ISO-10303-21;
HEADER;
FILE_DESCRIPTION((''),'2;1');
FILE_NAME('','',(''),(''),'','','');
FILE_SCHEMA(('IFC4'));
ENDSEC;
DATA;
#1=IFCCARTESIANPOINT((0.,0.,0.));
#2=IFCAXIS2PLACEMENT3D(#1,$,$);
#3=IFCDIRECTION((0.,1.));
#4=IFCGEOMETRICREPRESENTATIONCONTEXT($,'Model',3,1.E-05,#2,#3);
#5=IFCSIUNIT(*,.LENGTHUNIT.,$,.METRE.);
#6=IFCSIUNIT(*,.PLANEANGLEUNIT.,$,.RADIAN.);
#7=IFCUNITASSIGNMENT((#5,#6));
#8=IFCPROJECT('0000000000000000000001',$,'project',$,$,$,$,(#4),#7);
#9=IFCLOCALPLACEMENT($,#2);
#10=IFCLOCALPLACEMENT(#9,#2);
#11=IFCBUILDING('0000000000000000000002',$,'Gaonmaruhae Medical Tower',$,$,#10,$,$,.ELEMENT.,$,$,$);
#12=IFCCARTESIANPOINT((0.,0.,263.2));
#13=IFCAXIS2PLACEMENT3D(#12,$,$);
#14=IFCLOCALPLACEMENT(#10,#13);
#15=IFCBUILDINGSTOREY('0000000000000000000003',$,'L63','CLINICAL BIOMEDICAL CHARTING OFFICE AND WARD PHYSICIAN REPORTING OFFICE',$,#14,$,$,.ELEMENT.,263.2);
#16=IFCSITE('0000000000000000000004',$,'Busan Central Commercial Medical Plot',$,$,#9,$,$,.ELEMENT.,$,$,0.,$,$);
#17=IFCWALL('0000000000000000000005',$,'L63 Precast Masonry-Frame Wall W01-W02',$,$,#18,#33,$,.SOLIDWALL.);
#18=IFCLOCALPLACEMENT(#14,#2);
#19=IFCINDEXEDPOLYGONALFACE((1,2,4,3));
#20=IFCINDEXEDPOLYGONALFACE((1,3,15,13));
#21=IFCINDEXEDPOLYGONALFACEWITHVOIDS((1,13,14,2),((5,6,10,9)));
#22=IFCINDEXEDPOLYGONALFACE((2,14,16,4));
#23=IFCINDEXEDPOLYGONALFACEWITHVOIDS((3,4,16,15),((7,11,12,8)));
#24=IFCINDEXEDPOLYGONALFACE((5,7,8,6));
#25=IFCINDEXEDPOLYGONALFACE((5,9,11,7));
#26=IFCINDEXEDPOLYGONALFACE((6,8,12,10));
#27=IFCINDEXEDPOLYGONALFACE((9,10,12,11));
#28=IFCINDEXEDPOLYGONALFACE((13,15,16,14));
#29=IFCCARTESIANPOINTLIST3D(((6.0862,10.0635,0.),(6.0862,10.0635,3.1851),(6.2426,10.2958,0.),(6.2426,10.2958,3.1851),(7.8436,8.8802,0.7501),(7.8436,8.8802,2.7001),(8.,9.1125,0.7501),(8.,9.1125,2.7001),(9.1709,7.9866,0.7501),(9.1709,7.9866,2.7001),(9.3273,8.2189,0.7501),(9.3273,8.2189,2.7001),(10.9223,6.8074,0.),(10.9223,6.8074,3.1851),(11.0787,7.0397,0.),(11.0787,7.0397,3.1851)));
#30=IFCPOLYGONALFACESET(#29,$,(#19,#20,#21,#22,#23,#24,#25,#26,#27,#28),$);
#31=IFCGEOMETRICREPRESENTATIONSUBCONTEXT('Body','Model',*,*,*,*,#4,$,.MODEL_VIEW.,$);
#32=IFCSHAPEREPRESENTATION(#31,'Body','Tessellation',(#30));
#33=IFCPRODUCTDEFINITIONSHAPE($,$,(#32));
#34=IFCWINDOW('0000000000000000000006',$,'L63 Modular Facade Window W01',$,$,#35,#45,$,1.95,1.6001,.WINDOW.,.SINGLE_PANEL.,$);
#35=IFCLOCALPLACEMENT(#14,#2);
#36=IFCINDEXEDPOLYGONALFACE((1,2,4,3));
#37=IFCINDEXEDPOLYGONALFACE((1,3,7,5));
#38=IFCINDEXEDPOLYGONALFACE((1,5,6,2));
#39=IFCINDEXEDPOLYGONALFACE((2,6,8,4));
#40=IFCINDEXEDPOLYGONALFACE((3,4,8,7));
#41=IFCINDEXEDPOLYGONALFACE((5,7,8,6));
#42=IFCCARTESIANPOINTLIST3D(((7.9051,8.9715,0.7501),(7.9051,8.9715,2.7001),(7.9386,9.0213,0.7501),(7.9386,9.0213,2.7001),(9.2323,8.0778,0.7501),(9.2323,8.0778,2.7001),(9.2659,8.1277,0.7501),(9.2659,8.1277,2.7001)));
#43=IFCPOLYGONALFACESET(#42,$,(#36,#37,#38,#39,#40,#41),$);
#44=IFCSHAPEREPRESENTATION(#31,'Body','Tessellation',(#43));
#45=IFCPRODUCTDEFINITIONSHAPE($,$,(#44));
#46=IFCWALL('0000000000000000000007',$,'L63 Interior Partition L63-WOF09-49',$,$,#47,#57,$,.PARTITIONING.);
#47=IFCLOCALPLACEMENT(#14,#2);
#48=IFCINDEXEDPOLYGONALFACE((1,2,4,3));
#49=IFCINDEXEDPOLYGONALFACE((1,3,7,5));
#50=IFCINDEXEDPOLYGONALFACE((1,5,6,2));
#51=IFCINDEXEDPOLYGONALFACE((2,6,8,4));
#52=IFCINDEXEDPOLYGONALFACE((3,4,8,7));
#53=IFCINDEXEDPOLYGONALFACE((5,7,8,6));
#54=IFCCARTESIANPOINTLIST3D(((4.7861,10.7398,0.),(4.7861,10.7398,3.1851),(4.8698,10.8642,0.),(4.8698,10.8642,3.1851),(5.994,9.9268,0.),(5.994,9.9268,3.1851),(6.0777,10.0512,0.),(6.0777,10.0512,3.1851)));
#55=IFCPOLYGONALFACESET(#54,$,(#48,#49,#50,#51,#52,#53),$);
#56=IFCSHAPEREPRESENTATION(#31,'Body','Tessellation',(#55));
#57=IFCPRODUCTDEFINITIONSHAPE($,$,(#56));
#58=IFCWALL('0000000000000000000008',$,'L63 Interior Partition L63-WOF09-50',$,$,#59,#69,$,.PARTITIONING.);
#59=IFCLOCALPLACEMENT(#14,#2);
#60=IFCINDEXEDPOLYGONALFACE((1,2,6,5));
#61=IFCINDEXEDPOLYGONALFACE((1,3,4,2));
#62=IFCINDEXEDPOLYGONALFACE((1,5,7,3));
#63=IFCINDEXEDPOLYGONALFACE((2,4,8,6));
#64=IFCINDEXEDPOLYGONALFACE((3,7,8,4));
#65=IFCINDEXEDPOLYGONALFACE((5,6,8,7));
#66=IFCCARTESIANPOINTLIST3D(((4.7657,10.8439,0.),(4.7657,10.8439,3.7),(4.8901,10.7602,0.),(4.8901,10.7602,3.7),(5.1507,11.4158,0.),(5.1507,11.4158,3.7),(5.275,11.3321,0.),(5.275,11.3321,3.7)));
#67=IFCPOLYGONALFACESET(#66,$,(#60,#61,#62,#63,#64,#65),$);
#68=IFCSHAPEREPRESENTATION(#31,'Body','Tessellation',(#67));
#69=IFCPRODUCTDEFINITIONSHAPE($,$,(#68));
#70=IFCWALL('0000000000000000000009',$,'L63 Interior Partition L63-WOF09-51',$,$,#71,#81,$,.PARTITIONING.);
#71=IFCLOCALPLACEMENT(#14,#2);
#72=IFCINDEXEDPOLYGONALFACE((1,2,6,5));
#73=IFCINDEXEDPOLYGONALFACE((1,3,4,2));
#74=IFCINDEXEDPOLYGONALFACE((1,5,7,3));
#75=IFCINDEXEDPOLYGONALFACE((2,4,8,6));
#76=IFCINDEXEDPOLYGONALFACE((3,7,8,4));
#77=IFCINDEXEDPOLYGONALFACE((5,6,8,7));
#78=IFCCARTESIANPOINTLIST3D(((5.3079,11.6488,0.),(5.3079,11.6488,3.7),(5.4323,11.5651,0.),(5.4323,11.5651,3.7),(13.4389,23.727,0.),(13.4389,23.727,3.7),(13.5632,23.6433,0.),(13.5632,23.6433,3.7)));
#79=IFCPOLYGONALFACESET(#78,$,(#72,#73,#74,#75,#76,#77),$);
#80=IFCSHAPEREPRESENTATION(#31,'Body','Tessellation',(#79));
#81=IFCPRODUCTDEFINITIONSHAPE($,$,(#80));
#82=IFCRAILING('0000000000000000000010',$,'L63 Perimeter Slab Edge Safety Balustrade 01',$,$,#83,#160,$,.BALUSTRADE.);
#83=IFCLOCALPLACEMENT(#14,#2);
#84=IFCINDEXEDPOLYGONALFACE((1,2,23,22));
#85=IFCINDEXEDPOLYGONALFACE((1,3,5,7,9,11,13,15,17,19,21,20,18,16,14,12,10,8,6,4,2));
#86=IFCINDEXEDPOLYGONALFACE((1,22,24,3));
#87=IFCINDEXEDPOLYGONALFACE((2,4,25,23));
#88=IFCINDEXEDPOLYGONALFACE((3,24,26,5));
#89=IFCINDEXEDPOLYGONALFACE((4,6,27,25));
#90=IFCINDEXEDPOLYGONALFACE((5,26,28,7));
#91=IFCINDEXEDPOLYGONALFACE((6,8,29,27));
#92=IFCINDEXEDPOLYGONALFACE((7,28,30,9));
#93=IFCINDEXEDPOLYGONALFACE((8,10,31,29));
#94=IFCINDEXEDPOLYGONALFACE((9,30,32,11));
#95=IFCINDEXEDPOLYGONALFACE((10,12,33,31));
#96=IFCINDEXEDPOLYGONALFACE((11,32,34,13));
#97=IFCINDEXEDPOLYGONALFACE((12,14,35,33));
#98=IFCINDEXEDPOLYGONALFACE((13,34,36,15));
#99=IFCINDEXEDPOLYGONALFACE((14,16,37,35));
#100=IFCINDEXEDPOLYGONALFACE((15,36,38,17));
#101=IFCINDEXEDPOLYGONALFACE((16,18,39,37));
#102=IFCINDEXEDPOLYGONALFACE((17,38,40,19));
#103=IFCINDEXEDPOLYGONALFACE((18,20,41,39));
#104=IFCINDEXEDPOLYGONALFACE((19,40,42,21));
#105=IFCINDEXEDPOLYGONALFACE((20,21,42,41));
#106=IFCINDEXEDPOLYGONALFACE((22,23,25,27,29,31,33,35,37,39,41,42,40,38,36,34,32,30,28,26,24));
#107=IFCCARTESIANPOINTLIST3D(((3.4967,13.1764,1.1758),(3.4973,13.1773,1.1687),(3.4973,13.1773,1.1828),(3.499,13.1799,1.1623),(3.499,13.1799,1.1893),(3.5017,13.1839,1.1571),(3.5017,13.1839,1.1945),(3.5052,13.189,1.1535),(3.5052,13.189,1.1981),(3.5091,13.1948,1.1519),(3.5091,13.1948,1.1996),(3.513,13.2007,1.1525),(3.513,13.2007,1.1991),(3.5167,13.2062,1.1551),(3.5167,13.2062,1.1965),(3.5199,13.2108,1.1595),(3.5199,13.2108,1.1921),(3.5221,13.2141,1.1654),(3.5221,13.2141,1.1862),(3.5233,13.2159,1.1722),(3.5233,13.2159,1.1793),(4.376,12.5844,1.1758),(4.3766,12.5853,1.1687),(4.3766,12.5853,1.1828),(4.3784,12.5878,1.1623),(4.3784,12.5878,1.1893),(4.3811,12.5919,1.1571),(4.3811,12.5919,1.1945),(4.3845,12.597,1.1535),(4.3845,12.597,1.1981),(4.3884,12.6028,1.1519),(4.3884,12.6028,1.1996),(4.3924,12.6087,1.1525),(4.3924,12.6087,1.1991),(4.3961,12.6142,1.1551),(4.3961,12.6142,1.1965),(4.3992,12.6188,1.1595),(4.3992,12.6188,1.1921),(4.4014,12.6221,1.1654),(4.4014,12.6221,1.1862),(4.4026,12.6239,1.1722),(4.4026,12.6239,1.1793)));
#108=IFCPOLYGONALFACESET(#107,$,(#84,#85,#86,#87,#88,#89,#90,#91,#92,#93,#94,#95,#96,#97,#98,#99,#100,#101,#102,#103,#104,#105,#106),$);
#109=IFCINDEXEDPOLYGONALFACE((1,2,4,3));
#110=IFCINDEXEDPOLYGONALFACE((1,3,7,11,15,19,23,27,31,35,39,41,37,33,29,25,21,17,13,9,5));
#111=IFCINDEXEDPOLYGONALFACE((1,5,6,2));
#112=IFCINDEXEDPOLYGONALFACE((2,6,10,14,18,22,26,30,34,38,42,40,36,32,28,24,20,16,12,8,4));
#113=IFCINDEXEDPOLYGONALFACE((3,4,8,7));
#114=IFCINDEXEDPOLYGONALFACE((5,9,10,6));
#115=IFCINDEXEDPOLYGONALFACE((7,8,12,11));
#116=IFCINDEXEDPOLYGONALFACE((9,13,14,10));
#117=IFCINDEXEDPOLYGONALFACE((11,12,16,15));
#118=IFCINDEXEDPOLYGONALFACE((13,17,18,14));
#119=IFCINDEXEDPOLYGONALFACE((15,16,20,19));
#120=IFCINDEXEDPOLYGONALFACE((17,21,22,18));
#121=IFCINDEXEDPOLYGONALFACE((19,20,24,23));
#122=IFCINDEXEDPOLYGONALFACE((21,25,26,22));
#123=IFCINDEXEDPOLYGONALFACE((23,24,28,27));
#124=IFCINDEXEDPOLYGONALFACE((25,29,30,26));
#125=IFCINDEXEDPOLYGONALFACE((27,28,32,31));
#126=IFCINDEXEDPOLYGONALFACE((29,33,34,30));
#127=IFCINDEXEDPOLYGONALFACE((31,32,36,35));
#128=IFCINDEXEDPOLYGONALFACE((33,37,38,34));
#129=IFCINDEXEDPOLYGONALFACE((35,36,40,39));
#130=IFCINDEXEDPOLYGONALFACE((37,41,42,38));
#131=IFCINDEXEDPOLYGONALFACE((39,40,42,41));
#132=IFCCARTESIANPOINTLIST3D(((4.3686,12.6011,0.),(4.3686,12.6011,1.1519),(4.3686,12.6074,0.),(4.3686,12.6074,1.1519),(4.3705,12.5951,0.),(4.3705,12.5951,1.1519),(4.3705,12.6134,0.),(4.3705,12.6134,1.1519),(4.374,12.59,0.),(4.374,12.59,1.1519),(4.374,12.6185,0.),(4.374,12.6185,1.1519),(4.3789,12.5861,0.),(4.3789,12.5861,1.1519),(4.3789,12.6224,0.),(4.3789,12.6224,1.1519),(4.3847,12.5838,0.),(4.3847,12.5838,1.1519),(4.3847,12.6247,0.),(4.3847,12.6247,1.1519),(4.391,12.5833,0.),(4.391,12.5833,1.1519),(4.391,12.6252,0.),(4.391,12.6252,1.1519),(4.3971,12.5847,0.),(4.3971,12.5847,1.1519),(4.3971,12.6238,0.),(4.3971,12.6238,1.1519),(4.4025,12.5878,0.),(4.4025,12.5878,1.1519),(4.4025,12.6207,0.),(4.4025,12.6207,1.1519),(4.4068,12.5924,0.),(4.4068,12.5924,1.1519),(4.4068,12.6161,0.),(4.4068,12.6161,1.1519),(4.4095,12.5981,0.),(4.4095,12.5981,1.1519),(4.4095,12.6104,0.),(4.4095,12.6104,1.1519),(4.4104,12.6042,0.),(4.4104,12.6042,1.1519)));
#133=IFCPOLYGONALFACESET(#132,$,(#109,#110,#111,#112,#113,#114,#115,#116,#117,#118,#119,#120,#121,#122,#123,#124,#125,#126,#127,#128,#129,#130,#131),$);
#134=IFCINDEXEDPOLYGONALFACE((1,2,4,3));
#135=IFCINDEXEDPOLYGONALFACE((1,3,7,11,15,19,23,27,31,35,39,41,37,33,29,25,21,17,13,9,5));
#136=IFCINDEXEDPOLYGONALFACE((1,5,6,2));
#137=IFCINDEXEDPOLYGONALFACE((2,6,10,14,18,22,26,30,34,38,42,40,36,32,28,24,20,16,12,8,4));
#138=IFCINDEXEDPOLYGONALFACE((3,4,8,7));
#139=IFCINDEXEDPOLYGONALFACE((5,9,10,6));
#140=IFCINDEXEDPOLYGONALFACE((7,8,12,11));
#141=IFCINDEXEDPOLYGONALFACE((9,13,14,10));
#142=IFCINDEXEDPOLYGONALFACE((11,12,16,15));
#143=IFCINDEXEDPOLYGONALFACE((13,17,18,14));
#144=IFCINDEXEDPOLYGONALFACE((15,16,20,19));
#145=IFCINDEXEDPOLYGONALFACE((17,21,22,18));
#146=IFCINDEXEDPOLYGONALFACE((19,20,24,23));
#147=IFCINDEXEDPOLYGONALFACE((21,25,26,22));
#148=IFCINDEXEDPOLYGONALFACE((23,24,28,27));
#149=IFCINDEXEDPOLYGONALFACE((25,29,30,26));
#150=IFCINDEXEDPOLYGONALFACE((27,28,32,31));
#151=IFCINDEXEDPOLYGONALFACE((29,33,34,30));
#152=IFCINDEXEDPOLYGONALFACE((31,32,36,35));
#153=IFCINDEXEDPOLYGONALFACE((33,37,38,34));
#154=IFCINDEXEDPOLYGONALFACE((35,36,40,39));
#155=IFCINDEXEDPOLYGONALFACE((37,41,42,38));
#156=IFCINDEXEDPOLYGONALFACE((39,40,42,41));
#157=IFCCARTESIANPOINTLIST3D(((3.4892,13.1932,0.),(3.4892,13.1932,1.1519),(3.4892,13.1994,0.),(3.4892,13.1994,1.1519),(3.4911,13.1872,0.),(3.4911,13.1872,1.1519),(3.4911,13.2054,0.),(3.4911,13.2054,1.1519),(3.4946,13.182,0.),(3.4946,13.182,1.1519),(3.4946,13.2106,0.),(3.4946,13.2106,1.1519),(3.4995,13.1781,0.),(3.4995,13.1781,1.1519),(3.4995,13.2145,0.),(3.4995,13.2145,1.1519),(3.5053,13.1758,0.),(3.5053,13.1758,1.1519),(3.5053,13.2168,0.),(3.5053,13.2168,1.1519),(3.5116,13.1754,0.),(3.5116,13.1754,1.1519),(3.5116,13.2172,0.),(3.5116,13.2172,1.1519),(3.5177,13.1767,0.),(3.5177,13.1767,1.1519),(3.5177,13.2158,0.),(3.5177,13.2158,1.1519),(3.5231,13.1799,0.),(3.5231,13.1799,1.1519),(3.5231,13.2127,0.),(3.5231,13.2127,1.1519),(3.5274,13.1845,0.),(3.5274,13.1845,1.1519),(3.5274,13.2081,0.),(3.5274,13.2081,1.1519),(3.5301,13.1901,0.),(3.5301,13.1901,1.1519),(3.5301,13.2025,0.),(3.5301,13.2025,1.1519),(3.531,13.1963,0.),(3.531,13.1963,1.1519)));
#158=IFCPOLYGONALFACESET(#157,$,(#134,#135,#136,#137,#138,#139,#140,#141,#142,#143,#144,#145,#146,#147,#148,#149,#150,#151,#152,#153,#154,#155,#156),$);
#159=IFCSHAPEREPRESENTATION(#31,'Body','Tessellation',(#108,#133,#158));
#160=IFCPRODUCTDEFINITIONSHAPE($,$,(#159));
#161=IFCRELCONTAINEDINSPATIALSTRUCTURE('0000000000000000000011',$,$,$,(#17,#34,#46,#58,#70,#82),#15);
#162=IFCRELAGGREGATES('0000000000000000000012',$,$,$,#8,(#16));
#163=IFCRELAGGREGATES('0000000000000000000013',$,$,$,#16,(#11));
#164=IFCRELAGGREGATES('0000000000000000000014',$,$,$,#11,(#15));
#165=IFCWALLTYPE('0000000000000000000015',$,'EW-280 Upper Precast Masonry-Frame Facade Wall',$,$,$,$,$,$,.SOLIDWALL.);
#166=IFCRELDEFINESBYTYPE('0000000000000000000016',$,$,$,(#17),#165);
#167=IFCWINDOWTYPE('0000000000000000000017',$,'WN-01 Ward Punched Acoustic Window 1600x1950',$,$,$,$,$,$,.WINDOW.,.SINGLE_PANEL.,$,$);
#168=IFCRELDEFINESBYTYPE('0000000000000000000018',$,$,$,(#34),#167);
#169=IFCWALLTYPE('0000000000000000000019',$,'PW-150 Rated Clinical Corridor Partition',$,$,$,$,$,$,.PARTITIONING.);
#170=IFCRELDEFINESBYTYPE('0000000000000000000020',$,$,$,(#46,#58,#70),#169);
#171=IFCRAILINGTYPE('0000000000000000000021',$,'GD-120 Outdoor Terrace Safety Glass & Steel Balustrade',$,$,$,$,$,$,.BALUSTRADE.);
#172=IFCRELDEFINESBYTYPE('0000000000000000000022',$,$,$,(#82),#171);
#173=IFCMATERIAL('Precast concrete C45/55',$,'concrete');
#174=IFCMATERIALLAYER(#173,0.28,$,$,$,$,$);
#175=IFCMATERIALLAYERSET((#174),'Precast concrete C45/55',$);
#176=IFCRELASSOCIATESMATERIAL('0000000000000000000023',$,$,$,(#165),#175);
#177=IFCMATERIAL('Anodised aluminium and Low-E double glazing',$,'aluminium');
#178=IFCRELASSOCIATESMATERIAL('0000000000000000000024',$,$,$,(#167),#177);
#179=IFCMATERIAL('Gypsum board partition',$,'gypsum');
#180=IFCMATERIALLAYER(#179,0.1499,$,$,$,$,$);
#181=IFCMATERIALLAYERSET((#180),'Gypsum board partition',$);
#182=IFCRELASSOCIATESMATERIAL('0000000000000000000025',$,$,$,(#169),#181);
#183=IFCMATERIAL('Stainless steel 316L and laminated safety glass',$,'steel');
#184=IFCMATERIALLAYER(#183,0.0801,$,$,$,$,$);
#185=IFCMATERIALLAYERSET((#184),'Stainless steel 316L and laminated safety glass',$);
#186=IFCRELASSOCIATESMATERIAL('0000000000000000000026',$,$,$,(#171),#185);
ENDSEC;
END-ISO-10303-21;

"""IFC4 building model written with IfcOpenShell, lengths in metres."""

from ifc_helpers import new_model, si_unit, direction, frame, frame_2d, origin, origin_2d, place, context, subcontext, project, spatial, rectangle, circle, extrude, material, layer, layer_set, type_object, element, fill, save


model = new_model("IFC4")

# Units and contexts
model_context = context("Model", 3, precision=1e-05, world=origin(), true_north=direction((0.0, 1.0)))
body_context = subcontext(model_context, "Body", "Model", "MODEL_VIEW")
ifc_project = project(units=[si_unit("LENGTHUNIT", "METRE"), si_unit("PLANEANGLEUNIT", "RADIAN")], contexts=[model_context])

# Site, building, storey
site_placement = place(None, origin())
site = spatial("IfcSite", under=ifc_project, at=site_placement, Name="Busan Central Commercial Medical Plot", CompositionType="ELEMENT", RefElevation=0.0)
building_placement = place(site_placement, origin())
building = spatial("IfcBuilding", under=site, at=building_placement, Name="Gaonmaruhae Medical Tower", CompositionType="ELEMENT")
storey_placement = place(building_placement, frame((0.0, 0.0, 263.2)))
storey = spatial("IfcBuildingStorey", under=building, at=storey_placement, Name="L63", Description="CLINICAL BIOMEDICAL CHARTING OFFICE AND WARD PHYSICIAN REPORTING OFFICE", CompositionType="ELEMENT", Elevation=263.2)

# Shared definitions
ifc_material_1 = material(Name="Precast concrete C45/55", Category="concrete")
ifc_layer_1 = layer(ifc_material_1, 0.28)
ifc_layer_set_1 = layer_set([ifc_layer_1], Name="Precast concrete C45/55")
wall_type_1 = type_object("IfcWallType", Name="EW-280 Upper Precast Masonry-Frame Facade Wall", PredefinedType="SOLIDWALL", material=ifc_layer_set_1)

# Wall, opening, window
wall_1_placement = place(storey_placement, frame((11.0005, 6.9236, 0.0), z_axis=(0.0, 0.0, 1.0), x_axis=(-0.82951, 0.558492, 0.0)))
wall_1 = element("IfcWall", 1, at=wall_1_placement, inside=storey, type_object=wall_type_1, Name="L63 Precast Masonry-Frame Wall W01-W02", PredefinedType="SOLIDWALL", context=body_context, shape_type="SweptSolid", body=[
    extrude(rectangle(XDim=5.8301, YDim=0.28, at=frame_2d((2.915, 0.0))), origin(), (0.0, 0.0, 1.0), 3.1851),
])
opening_placement = place(wall_1_placement, frame((2.1113, 0.0, 0.75)))
opening = element("IfcOpeningElement", 2, at=opening_placement, cuts=wall_1, PredefinedType="OPENING", context=body_context, shape_type="SweptSolid", body=[
    extrude(rectangle(XDim=1.6001, YDim=1.95, at=frame_2d((0.8, 0.9751))), frame((0.0, 0.1499, 0.0), z_axis=(0.0, -1.0, 0.0), x_axis=(1.0, 0.0, 0.0)), (0.0, 0.0, 1.0), 0.3),
])
ifc_material_2 = material(Name="Anodised aluminium and Low-E double glazing", Category="aluminium")
window_type = type_object("IfcWindowType", Name="WN-01 Ward Punched Acoustic Window 1600x1950", PartitioningType="SINGLE_PANEL", PredefinedType="WINDOW", material=ifc_material_2)
window_placement = place(opening_placement, origin())
window = element("IfcWindow", 3, at=window_placement, inside=storey, type_object=window_type, Name="L63 Modular Facade Window W01", OverallHeight=1.95, OverallWidth=1.6001, PartitioningType="SINGLE_PANEL", PredefinedType="WINDOW", context=body_context, shape_type="SweptSolid", body=[
    extrude(rectangle(XDim=1.6001, YDim=1.95, at=frame_2d((0.8, 0.9751))), frame((0.0, 0.03, 0.0), z_axis=(0.0, -1.0, 0.0), x_axis=(1.0, 0.0, 0.0)), (0.0, 0.0, 1.0), 0.0601),
])
fill(opening, window)

# Walls
ifc_material_3 = material(Name="Gypsum board partition", Category="gypsum")
ifc_layer_2 = layer(ifc_material_3, 0.1499)
ifc_layer_set_2 = layer_set([ifc_layer_2], Name="Gypsum board partition")
wall_type_2 = type_object("IfcWallType", Name="PW-150 Rated Clinical Corridor Partition", PredefinedType="PARTITIONING", material=ifc_layer_set_2)
wall_2_placement = place(storey_placement, frame((6.0359, 9.989, 0.0), z_axis=(0.0, 0.0, 1.0), x_axis=(-0.829618, 0.558332, 0.0)))
element("IfcWall", 4, at=wall_2_placement, inside=storey, type_object=wall_type_2, Name="L63 Interior Partition L63-WOF09-49", PredefinedType="PARTITIONING", context=body_context, shape_type="SweptSolid", body=[
    extrude(rectangle(XDim=1.4561, YDim=0.1499, at=frame_2d((0.728, 0.0))), origin(), (0.0, 0.0, 1.0), 3.1851),
])
wall_3_placement = place(storey_placement, frame((4.8279, 10.802, 0.0), z_axis=(0.0, 0.0, 1.0), x_axis=(0.558372, 0.829591, 0.0)))
element("IfcWall", 5, at=wall_3_placement, inside=storey, type_object=wall_type_2, Name="L63 Interior Partition L63-WOF09-50", PredefinedType="PARTITIONING", context=body_context, shape_type="SweptSolid", body=[
    extrude(rectangle(XDim=0.6895, YDim=0.1499, at=frame_2d((0.3447, 0.0))), origin(), (0.0, 0.0, 1.0), 3.7),
])
wall_4_placement = place(storey_placement, frame((5.3701, 11.6069, 0.0), z_axis=(0.0, 0.0, 1.0), x_axis=(0.55844, 0.829545, 0.0)))
element("IfcWall", 6, at=wall_4_placement, inside=storey, type_object=wall_type_2, Name="L63 Interior Partition L63-WOF09-51", PredefinedType="PARTITIONING", context=body_context, shape_type="SweptSolid", body=[
    extrude(rectangle(XDim=14.5601, YDim=0.1499, at=frame_2d((7.28, 0.0))), origin(), (0.0, 0.0, 1.0), 3.7),
])

# Railing
ifc_material_4 = material(Name="Stainless steel 316L and laminated safety glass", Category="steel")
ifc_layer_3 = layer(ifc_material_4, 0.0801)
ifc_layer_set_3 = layer_set([ifc_layer_3], Name="Stainless steel 316L and laminated safety glass")
railing_type = type_object("IfcRailingType", Name="GD-120 Outdoor Terrace Safety Glass & Steel Balustrade", PredefinedType="BALUSTRADE", material=ifc_layer_set_3)
railing_1_placement = place(storey_placement, frame((4.3894, 12.6042, 0.0)))
element("IfcRailing", 7, at=railing_1_placement, inside=storey, type_object=railing_type, Name="L63 Perimeter Slab Edge Safety Balustrade 01", PredefinedType="BALUSTRADE", context=body_context, shape_type="SweptSolid", body=[
    extrude(circle(Radius=0.0239, at=origin_2d()), frame((0.0, 0.0, 1.1758), z_axis=(-0.829526, 0.558468, 0.0), x_axis=(-0.558468, -0.829526, 0.0)), (0.0, 0.0, 1.0), 1.0601),
    extrude(circle(Radius=0.021, at=origin_2d()), origin(), (0.0, 0.0, 1.0), 1.1519),
    extrude(circle(Radius=0.021, at=origin_2d()), frame((-0.8794, 0.592, 0.0)), (0.0, 0.0, 1.0), 1.1519),
])

save(model, "model.ifc")
